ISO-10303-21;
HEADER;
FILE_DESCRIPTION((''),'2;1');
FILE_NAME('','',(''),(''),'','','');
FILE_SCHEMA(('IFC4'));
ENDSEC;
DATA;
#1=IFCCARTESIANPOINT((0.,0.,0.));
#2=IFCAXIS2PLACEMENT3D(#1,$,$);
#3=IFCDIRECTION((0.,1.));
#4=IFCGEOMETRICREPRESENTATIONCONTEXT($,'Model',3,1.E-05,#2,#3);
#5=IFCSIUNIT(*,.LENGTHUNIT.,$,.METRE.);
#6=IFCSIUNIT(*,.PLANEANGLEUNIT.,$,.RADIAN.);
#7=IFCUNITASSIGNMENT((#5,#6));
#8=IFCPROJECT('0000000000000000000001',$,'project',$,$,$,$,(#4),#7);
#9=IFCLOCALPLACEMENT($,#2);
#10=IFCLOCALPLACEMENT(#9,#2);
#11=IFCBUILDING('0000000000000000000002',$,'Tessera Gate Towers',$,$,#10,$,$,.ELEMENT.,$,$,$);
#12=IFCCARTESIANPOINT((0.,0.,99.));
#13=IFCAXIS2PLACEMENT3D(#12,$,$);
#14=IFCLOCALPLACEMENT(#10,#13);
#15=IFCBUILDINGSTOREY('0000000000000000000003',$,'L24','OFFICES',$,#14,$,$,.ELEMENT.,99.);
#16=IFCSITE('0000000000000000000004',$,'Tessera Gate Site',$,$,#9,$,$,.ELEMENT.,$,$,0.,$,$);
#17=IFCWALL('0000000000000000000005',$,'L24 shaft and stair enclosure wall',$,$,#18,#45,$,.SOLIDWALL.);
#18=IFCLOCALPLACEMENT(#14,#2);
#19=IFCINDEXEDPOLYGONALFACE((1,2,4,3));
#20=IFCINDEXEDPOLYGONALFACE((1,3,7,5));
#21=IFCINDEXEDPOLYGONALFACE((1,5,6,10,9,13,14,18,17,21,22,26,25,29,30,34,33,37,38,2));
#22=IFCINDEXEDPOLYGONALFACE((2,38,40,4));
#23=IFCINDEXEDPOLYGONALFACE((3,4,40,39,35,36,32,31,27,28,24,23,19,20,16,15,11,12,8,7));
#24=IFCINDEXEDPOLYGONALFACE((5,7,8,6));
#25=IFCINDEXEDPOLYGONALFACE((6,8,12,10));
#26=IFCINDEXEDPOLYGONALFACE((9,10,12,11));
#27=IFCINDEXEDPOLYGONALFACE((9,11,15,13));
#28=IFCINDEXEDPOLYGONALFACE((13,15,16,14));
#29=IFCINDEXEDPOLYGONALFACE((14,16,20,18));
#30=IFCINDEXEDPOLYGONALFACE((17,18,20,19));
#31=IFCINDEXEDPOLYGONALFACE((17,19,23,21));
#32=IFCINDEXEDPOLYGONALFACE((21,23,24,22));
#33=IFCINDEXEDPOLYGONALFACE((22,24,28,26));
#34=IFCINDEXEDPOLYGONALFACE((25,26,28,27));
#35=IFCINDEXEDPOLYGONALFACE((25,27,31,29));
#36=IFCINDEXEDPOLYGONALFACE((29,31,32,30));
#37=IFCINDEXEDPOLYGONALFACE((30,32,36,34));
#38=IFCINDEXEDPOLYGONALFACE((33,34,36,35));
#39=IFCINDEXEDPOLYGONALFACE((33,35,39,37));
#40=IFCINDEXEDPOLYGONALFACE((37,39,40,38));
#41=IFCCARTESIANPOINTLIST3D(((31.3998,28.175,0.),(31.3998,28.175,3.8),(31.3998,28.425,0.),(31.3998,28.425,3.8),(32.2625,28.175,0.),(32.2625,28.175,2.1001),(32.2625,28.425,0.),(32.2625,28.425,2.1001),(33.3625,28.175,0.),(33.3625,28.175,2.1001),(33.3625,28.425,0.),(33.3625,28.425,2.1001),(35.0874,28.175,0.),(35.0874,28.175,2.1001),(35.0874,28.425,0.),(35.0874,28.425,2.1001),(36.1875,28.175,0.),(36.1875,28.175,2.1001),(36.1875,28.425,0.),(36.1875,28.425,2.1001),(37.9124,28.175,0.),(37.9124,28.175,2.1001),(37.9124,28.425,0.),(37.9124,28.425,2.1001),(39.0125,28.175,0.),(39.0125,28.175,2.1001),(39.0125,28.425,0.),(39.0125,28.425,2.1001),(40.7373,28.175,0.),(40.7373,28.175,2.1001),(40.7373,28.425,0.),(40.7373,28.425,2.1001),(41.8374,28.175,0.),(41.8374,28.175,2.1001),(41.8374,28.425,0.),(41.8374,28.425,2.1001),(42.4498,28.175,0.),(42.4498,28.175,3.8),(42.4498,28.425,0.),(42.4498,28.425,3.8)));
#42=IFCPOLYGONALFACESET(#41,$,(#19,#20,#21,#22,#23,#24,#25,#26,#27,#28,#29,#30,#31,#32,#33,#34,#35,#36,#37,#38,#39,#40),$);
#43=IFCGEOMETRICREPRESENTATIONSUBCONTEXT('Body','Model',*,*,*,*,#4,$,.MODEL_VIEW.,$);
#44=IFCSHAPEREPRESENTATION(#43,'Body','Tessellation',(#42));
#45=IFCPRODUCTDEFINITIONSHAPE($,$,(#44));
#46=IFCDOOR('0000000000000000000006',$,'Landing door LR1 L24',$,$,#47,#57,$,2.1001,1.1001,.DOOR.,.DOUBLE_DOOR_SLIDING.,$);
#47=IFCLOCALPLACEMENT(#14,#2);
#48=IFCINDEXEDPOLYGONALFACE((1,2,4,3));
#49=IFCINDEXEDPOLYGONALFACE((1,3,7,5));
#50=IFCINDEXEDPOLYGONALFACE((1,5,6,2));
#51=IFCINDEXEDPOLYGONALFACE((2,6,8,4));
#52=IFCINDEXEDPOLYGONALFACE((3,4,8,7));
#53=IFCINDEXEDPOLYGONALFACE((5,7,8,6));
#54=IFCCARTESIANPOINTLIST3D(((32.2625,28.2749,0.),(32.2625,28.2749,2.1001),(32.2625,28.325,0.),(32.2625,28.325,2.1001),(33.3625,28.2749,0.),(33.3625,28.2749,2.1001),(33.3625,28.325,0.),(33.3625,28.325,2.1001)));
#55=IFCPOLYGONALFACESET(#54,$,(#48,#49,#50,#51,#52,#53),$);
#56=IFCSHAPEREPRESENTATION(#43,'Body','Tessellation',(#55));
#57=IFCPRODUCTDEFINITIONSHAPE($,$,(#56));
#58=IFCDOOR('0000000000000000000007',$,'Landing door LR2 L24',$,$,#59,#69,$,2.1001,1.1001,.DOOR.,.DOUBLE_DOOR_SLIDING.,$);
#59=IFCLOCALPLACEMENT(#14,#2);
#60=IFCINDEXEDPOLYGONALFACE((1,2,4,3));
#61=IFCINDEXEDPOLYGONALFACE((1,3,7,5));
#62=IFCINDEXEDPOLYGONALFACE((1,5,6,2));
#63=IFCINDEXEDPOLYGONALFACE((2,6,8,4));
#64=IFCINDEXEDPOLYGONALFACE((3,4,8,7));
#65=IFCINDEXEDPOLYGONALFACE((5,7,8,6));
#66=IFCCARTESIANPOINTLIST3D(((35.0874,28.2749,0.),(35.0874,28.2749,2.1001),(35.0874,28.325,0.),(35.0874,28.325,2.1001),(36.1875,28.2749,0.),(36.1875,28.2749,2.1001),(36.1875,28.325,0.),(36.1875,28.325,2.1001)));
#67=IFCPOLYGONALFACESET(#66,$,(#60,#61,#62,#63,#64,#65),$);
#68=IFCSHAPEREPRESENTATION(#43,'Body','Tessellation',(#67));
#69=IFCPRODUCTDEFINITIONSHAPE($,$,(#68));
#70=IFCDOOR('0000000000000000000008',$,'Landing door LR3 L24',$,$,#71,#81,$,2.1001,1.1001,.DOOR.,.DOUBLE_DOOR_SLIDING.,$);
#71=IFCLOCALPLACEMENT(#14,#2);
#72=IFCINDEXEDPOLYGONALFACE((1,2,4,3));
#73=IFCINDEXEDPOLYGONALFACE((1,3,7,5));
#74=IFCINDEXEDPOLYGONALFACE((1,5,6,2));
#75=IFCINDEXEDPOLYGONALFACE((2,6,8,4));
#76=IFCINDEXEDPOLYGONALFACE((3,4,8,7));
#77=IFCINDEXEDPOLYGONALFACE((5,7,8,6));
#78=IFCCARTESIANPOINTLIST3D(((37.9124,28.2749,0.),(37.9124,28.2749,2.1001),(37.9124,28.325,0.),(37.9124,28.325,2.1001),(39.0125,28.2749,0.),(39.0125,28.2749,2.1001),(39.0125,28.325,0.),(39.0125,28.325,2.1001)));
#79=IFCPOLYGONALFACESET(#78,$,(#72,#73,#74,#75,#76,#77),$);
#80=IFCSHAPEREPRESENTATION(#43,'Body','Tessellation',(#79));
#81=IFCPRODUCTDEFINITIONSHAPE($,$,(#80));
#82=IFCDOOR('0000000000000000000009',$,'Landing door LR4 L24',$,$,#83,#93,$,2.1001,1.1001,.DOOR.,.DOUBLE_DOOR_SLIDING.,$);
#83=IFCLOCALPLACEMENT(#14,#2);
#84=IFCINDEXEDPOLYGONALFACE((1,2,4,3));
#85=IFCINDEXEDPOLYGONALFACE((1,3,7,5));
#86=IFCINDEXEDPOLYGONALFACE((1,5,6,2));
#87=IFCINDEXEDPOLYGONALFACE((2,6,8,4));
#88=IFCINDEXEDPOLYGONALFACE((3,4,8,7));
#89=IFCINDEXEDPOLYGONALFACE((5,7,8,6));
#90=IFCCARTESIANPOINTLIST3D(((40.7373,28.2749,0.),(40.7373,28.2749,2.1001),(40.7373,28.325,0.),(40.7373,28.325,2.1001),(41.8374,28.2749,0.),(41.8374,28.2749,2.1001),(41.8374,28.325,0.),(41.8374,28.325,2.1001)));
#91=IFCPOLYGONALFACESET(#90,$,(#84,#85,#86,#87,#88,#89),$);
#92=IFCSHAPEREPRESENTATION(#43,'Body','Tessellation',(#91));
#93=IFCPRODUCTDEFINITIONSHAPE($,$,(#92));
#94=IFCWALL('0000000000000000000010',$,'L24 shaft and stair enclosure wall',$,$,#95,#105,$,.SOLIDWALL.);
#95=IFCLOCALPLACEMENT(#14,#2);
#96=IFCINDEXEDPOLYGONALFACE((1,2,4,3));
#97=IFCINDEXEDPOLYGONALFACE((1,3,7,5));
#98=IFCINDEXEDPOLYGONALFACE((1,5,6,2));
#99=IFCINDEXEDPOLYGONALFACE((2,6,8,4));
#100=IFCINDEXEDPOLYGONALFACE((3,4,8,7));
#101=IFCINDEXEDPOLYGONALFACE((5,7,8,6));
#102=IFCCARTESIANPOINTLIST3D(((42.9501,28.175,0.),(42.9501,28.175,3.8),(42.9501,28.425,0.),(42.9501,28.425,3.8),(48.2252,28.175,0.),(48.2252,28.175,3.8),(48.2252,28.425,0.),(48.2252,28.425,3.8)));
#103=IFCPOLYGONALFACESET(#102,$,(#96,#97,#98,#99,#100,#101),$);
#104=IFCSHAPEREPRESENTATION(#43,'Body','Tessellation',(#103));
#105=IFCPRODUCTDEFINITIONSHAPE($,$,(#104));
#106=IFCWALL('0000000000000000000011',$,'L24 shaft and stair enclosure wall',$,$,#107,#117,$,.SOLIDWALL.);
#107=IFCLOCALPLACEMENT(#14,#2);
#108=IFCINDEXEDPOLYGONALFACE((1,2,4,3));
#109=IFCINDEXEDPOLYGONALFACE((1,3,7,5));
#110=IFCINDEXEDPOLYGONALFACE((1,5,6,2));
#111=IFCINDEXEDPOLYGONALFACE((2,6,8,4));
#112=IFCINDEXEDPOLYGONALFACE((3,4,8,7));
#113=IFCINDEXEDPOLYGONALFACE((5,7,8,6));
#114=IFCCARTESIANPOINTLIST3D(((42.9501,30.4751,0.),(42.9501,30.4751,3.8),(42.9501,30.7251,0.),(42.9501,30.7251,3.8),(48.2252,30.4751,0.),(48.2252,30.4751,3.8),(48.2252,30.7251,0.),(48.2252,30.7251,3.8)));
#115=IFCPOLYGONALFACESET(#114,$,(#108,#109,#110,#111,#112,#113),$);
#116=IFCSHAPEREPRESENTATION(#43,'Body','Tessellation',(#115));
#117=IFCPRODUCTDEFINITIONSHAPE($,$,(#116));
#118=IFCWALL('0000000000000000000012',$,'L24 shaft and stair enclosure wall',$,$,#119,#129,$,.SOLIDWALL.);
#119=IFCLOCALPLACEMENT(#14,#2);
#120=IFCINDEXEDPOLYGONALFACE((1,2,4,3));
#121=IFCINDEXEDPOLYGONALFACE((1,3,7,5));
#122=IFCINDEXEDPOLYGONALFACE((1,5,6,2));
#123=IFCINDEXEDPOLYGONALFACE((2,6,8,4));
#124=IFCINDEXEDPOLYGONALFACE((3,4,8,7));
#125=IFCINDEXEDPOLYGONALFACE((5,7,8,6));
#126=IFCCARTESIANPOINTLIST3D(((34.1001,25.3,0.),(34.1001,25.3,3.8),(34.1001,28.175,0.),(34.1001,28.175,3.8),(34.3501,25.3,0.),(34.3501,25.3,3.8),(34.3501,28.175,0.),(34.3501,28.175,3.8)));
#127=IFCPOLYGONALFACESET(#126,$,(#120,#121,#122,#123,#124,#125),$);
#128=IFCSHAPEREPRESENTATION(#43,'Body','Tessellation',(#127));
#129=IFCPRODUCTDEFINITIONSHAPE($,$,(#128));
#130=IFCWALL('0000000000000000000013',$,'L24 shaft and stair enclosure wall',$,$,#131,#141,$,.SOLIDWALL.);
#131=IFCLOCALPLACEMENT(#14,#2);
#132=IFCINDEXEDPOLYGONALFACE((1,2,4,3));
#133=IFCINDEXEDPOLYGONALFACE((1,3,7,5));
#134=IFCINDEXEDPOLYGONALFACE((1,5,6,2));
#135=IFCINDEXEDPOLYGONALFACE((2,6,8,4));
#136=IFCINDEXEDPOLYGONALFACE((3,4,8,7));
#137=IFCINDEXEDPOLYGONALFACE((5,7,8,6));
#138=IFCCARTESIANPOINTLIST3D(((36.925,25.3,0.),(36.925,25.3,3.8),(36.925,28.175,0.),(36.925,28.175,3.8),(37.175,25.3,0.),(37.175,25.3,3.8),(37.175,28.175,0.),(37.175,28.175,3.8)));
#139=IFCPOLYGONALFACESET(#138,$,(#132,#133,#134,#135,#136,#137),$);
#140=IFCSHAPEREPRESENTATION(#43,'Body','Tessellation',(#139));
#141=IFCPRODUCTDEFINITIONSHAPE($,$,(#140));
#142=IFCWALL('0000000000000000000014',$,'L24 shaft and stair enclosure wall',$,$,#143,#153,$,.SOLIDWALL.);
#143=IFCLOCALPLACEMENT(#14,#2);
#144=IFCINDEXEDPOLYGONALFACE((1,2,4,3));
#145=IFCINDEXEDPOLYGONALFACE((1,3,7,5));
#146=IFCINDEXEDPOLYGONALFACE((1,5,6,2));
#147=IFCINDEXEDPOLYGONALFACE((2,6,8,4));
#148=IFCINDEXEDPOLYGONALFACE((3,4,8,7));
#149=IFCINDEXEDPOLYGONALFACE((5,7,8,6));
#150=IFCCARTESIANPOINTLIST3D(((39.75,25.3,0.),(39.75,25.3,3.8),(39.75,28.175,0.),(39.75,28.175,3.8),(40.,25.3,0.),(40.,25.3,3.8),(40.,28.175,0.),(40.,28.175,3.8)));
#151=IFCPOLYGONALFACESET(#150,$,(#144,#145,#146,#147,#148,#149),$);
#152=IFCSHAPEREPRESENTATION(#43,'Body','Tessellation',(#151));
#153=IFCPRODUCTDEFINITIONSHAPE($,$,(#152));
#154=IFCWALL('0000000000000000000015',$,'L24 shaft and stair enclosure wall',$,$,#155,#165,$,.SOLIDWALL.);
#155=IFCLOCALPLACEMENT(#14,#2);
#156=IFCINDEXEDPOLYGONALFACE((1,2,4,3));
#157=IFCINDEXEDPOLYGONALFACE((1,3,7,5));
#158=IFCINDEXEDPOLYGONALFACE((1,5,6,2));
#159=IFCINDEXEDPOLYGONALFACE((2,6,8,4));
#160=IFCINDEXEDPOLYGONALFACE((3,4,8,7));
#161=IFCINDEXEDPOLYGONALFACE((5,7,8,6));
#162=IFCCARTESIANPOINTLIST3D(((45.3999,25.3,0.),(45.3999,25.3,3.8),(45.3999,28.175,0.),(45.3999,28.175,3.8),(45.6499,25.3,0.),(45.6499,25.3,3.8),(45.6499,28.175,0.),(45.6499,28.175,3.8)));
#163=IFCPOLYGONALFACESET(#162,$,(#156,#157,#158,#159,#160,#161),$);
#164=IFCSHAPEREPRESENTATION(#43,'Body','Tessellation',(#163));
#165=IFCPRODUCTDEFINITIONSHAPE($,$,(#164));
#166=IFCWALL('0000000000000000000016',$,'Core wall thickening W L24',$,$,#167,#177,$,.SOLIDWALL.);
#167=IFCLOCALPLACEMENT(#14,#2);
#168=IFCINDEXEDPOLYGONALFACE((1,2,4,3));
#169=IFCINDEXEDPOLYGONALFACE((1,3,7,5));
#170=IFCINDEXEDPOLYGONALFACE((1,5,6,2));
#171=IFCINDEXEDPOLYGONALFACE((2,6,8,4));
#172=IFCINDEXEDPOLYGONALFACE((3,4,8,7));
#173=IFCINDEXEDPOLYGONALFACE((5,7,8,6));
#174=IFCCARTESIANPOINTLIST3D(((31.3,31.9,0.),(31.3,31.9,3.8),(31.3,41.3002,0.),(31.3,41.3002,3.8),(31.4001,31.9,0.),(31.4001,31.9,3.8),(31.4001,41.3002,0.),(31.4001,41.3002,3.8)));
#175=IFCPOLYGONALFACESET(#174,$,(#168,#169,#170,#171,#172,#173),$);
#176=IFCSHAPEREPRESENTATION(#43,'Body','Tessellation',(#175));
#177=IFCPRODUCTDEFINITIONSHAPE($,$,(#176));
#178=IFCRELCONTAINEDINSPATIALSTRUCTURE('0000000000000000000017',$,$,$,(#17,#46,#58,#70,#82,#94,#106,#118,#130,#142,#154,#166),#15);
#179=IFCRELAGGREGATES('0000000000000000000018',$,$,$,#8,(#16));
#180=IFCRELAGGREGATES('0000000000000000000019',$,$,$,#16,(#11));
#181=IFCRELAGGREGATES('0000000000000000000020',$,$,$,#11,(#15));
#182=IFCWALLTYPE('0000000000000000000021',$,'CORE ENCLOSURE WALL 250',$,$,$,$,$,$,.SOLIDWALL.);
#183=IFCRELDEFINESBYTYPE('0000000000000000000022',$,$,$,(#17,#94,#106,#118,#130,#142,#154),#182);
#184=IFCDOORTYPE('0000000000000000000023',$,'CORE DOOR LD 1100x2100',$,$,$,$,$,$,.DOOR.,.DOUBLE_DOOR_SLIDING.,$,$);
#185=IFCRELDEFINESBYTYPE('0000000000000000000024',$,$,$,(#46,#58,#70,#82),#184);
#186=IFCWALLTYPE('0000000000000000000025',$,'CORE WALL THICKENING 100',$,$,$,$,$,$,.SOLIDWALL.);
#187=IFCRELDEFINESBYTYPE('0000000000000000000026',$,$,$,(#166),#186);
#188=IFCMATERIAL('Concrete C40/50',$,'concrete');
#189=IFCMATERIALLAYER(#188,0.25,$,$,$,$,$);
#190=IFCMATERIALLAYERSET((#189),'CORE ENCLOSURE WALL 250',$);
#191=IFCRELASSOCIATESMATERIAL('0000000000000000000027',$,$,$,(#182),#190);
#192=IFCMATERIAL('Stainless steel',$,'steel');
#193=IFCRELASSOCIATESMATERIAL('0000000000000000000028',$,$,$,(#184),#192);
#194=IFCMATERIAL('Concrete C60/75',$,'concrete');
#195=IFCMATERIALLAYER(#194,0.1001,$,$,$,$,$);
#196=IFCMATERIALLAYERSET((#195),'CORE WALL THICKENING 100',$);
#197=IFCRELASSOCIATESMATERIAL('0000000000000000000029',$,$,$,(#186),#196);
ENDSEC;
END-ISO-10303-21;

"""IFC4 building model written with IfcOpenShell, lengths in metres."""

from ifc_helpers import new_model, si_unit, direction, frame, frame_2d, origin, place, context, subcontext, project, spatial, rectangle, extrude, source, transform, mapped, material, layer, layer_set, type_object, element, fill, save


model = new_model("IFC4")

# Units and contexts
model_context = context("Model", 3, precision=1e-05, world=origin(), true_north=direction((0.0, 1.0)))
body_context = subcontext(model_context, "Body", "Model", "MODEL_VIEW")
ifc_project = project(units=[si_unit("LENGTHUNIT", "METRE"), si_unit("PLANEANGLEUNIT", "RADIAN")], contexts=[model_context])

# Site, building, storey
site_placement = place(None, origin())
site = spatial("IfcSite", under=ifc_project, at=site_placement, Name="Tessera Gate Site", CompositionType="ELEMENT", RefElevation=0.0)
building_placement = place(site_placement, origin())
building = spatial("IfcBuilding", under=site, at=building_placement, Name="Tessera Gate Towers", CompositionType="ELEMENT")
storey_placement = place(building_placement, frame((0.0, 0.0, 99.0)))
storey = spatial("IfcBuildingStorey", under=building, at=storey_placement, Name="L24", Description="OFFICES", CompositionType="ELEMENT", Elevation=99.0)

# Wall, openings, doors
ifc_material_1 = material(Name="Concrete C40/50", Category="concrete")
ifc_layer_1 = layer(ifc_material_1, 0.25)
ifc_layer_set_1 = layer_set([ifc_layer_1], Name="CORE ENCLOSURE WALL 250")
wall_type_1 = type_object("IfcWallType", Name="CORE ENCLOSURE WALL 250", PredefinedType="SOLIDWALL", material=ifc_layer_set_1)
wall_1_placement = place(storey_placement, frame((31.3999, 28.3, 0.0), z_axis=(0.0, 0.0, 1.0), x_axis=(1.0, 0.0, 0.0)))
wall_1 = element("IfcWall", 1, at=wall_1_placement, inside=storey, type_object=wall_type_1, Name="L24 shaft and stair enclosure wall", PredefinedType="SOLIDWALL", context=body_context, shape_type="SweptSolid", body=[
    extrude(rectangle(XDim=11.05, YDim=0.25, at=frame_2d((5.5249, 0.0))), origin(), (0.0, 0.0, 1.0), 3.8),
])
shared_shape_1 = source(origin(), body_context, "Body", "SweptSolid", [
    extrude(rectangle(XDim=1.1001, YDim=2.1001, at=frame_2d((0.55, 1.05))), frame((0.0, 0.135, 0.0), z_axis=(0.0, -1.0, 0.0), x_axis=(1.0, 0.0, 0.0)), (0.0, 0.0, 1.0), 0.27),
])
opening_1_placement = place(wall_1_placement, frame((0.8625, 0.0, 0.0)))
opening_1 = element("IfcOpeningElement", 2, at=opening_1_placement, cuts=wall_1, PredefinedType="OPENING", context=body_context, shape_type="MappedRepresentation", body=[
    mapped(shared_shape_1, transform((0.0, 0.0, 0.0), scale=1.0)),
])
opening_2_placement = place(wall_1_placement, frame((3.6875, 0.0, 0.0)))
opening_2 = element("IfcOpeningElement", 3, at=opening_2_placement, cuts=wall_1, PredefinedType="OPENING", context=body_context, shape_type="MappedRepresentation", body=[
    mapped(shared_shape_1, transform((0.0, 0.0, 0.0), scale=1.0)),
])
opening_3_placement = place(wall_1_placement, frame((6.5125, 0.0, 0.0)))
opening_3 = element("IfcOpeningElement", 4, at=opening_3_placement, cuts=wall_1, PredefinedType="OPENING", context=body_context, shape_type="MappedRepresentation", body=[
    mapped(shared_shape_1, transform((0.0, 0.0, 0.0), scale=1.0)),
])
opening_4_placement = place(wall_1_placement, frame((9.3374, 0.0, 0.0)))
opening_4 = element("IfcOpeningElement", 5, at=opening_4_placement, cuts=wall_1, PredefinedType="OPENING", context=body_context, shape_type="MappedRepresentation", body=[
    mapped(shared_shape_1, transform((0.0, 0.0, 0.0), scale=1.0)),
])
ifc_material_2 = material(Name="Stainless steel", Category="steel")
door_type_1 = type_object("IfcDoorType", Name="CORE DOOR LD 1100x2100", OperationType="DOUBLE_DOOR_SLIDING", PredefinedType="DOOR", material=ifc_material_2)
shared_shape_2 = source(origin(), body_context, "Body", "SweptSolid", [
    extrude(rectangle(XDim=1.1001, YDim=2.1001, at=frame_2d((0.55, 1.05))), frame((0.0, 0.0249, 0.0), z_axis=(0.0, -1.0, 0.0), x_axis=(1.0, 0.0, 0.0)), (0.0, 0.0, 1.0), 0.05),
])
door_1_placement = place(opening_1_placement, origin())
door_1 = element("IfcDoor", 6, at=door_1_placement, inside=storey, type_object=door_type_1, Name="Landing door LR1 L24", OperationType="DOUBLE_DOOR_SLIDING", OverallHeight=2.1001, OverallWidth=1.1001, PredefinedType="DOOR", context=body_context, shape_type="MappedRepresentation", body=[
    mapped(shared_shape_2, transform((0.0, 0.0, 0.0), scale=1.0)),
])
fill(opening_1, door_1)
door_2_placement = place(opening_2_placement, origin())
door_2 = element("IfcDoor", 7, at=door_2_placement, inside=storey, type_object=door_type_1, Name="Landing door LR2 L24", OperationType="DOUBLE_DOOR_SLIDING", OverallHeight=2.1001, OverallWidth=1.1001, PredefinedType="DOOR", context=body_context, shape_type="MappedRepresentation", body=[
    mapped(shared_shape_2, transform((0.0, 0.0, 0.0), scale=1.0)),
])
fill(opening_2, door_2)
door_3_placement = place(opening_3_placement, origin())
door_3 = element("IfcDoor", 8, at=door_3_placement, inside=storey, type_object=door_type_1, Name="Landing door LR3 L24", OperationType="DOUBLE_DOOR_SLIDING", OverallHeight=2.1001, OverallWidth=1.1001, PredefinedType="DOOR", context=body_context, shape_type="MappedRepresentation", body=[
    mapped(shared_shape_2, transform((0.0, 0.0, 0.0), scale=1.0)),
])
fill(opening_3, door_3)
door_4_placement = place(opening_4_placement, origin())
door_4 = element("IfcDoor", 9, at=door_4_placement, inside=storey, type_object=door_type_1, Name="Landing door LR4 L24", OperationType="DOUBLE_DOOR_SLIDING", OverallHeight=2.1001, OverallWidth=1.1001, PredefinedType="DOOR", context=body_context, shape_type="MappedRepresentation", body=[
    mapped(shared_shape_2, transform((0.0, 0.0, 0.0), scale=1.0)),
])
fill(opening_4, door_4)

# Walls
for number, where, z_axis, x_axis, name in (
    (10, (42.95, 28.3, 0.0), (0.0, 0.0, 1.0), (1.0, 0.0, 0.0), "L24 shaft and stair enclosure wall"),
    (11, (42.95, 30.6001, 0.0), (0.0, 0.0, 1.0), (1.0, 0.0, 0.0), "L24 shaft and stair enclosure wall"),
):
    element("IfcWall", number, at=place(storey_placement, frame(where, z_axis=z_axis, x_axis=x_axis)), inside=storey, type_object=wall_type_1, Name=name, PredefinedType="SOLIDWALL", context=body_context, shape_type="SweptSolid", body=[
        extrude(rectangle(XDim=5.2751, YDim=0.25, at=frame_2d((2.6377, 0.0))), origin(), (0.0, 0.0, 1.0), 3.8),
    ])
for number, where, z_axis, x_axis, name in (
    (12, (34.2251, 25.3, 0.0), (0.0, 0.0, 1.0), (0.0, 1.0, 0.0), "L24 shaft and stair enclosure wall"),
    (13, (37.05, 25.3, 0.0), (0.0, 0.0, 1.0), (0.0, 1.0, 0.0), "L24 shaft and stair enclosure wall"),
    (14, (39.875, 25.3, 0.0), (0.0, 0.0, 1.0), (0.0, 1.0, 0.0), "L24 shaft and stair enclosure wall"),
    (15, (45.5249, 25.3, 0.0), (0.0, 0.0, 1.0), (0.0, 1.0, 0.0), "L24 shaft and stair enclosure wall"),
):
    element("IfcWall", number, at=place(storey_placement, frame(where, z_axis=z_axis, x_axis=x_axis)), inside=storey, type_object=wall_type_1, Name=name, PredefinedType="SOLIDWALL", context=body_context, shape_type="SweptSolid", body=[
        extrude(rectangle(XDim=2.875, YDim=0.25, at=frame_2d((1.4375, 0.0))), origin(), (0.0, 0.0, 1.0), 3.8),
    ])
ifc_material_3 = material(Name="Concrete C60/75", Category="concrete")
ifc_layer_2 = layer(ifc_material_3, 0.1001)
ifc_layer_set_2 = layer_set([ifc_layer_2], Name="CORE WALL THICKENING 100")
wall_type_2 = type_object("IfcWallType", Name="CORE WALL THICKENING 100", PredefinedType="SOLIDWALL", material=ifc_layer_set_2)
wall_2_placement = place(storey_placement, frame((31.3501, 31.8999, 0.0), z_axis=(0.0, 0.0, 1.0), x_axis=(0.0, 1.0, 0.0)))
element("IfcWall", 16, at=wall_2_placement, inside=storey, type_object=wall_type_2, Name="Core wall thickening W L24", PredefinedType="SOLIDWALL", context=body_context, shape_type="SweptSolid", body=[
    extrude(rectangle(XDim=9.4001, YDim=0.1001, at=frame_2d((4.7002, 0.0))), origin(), (0.0, 0.0, 1.0), 3.8),
])

save(model, "model.ifc")
